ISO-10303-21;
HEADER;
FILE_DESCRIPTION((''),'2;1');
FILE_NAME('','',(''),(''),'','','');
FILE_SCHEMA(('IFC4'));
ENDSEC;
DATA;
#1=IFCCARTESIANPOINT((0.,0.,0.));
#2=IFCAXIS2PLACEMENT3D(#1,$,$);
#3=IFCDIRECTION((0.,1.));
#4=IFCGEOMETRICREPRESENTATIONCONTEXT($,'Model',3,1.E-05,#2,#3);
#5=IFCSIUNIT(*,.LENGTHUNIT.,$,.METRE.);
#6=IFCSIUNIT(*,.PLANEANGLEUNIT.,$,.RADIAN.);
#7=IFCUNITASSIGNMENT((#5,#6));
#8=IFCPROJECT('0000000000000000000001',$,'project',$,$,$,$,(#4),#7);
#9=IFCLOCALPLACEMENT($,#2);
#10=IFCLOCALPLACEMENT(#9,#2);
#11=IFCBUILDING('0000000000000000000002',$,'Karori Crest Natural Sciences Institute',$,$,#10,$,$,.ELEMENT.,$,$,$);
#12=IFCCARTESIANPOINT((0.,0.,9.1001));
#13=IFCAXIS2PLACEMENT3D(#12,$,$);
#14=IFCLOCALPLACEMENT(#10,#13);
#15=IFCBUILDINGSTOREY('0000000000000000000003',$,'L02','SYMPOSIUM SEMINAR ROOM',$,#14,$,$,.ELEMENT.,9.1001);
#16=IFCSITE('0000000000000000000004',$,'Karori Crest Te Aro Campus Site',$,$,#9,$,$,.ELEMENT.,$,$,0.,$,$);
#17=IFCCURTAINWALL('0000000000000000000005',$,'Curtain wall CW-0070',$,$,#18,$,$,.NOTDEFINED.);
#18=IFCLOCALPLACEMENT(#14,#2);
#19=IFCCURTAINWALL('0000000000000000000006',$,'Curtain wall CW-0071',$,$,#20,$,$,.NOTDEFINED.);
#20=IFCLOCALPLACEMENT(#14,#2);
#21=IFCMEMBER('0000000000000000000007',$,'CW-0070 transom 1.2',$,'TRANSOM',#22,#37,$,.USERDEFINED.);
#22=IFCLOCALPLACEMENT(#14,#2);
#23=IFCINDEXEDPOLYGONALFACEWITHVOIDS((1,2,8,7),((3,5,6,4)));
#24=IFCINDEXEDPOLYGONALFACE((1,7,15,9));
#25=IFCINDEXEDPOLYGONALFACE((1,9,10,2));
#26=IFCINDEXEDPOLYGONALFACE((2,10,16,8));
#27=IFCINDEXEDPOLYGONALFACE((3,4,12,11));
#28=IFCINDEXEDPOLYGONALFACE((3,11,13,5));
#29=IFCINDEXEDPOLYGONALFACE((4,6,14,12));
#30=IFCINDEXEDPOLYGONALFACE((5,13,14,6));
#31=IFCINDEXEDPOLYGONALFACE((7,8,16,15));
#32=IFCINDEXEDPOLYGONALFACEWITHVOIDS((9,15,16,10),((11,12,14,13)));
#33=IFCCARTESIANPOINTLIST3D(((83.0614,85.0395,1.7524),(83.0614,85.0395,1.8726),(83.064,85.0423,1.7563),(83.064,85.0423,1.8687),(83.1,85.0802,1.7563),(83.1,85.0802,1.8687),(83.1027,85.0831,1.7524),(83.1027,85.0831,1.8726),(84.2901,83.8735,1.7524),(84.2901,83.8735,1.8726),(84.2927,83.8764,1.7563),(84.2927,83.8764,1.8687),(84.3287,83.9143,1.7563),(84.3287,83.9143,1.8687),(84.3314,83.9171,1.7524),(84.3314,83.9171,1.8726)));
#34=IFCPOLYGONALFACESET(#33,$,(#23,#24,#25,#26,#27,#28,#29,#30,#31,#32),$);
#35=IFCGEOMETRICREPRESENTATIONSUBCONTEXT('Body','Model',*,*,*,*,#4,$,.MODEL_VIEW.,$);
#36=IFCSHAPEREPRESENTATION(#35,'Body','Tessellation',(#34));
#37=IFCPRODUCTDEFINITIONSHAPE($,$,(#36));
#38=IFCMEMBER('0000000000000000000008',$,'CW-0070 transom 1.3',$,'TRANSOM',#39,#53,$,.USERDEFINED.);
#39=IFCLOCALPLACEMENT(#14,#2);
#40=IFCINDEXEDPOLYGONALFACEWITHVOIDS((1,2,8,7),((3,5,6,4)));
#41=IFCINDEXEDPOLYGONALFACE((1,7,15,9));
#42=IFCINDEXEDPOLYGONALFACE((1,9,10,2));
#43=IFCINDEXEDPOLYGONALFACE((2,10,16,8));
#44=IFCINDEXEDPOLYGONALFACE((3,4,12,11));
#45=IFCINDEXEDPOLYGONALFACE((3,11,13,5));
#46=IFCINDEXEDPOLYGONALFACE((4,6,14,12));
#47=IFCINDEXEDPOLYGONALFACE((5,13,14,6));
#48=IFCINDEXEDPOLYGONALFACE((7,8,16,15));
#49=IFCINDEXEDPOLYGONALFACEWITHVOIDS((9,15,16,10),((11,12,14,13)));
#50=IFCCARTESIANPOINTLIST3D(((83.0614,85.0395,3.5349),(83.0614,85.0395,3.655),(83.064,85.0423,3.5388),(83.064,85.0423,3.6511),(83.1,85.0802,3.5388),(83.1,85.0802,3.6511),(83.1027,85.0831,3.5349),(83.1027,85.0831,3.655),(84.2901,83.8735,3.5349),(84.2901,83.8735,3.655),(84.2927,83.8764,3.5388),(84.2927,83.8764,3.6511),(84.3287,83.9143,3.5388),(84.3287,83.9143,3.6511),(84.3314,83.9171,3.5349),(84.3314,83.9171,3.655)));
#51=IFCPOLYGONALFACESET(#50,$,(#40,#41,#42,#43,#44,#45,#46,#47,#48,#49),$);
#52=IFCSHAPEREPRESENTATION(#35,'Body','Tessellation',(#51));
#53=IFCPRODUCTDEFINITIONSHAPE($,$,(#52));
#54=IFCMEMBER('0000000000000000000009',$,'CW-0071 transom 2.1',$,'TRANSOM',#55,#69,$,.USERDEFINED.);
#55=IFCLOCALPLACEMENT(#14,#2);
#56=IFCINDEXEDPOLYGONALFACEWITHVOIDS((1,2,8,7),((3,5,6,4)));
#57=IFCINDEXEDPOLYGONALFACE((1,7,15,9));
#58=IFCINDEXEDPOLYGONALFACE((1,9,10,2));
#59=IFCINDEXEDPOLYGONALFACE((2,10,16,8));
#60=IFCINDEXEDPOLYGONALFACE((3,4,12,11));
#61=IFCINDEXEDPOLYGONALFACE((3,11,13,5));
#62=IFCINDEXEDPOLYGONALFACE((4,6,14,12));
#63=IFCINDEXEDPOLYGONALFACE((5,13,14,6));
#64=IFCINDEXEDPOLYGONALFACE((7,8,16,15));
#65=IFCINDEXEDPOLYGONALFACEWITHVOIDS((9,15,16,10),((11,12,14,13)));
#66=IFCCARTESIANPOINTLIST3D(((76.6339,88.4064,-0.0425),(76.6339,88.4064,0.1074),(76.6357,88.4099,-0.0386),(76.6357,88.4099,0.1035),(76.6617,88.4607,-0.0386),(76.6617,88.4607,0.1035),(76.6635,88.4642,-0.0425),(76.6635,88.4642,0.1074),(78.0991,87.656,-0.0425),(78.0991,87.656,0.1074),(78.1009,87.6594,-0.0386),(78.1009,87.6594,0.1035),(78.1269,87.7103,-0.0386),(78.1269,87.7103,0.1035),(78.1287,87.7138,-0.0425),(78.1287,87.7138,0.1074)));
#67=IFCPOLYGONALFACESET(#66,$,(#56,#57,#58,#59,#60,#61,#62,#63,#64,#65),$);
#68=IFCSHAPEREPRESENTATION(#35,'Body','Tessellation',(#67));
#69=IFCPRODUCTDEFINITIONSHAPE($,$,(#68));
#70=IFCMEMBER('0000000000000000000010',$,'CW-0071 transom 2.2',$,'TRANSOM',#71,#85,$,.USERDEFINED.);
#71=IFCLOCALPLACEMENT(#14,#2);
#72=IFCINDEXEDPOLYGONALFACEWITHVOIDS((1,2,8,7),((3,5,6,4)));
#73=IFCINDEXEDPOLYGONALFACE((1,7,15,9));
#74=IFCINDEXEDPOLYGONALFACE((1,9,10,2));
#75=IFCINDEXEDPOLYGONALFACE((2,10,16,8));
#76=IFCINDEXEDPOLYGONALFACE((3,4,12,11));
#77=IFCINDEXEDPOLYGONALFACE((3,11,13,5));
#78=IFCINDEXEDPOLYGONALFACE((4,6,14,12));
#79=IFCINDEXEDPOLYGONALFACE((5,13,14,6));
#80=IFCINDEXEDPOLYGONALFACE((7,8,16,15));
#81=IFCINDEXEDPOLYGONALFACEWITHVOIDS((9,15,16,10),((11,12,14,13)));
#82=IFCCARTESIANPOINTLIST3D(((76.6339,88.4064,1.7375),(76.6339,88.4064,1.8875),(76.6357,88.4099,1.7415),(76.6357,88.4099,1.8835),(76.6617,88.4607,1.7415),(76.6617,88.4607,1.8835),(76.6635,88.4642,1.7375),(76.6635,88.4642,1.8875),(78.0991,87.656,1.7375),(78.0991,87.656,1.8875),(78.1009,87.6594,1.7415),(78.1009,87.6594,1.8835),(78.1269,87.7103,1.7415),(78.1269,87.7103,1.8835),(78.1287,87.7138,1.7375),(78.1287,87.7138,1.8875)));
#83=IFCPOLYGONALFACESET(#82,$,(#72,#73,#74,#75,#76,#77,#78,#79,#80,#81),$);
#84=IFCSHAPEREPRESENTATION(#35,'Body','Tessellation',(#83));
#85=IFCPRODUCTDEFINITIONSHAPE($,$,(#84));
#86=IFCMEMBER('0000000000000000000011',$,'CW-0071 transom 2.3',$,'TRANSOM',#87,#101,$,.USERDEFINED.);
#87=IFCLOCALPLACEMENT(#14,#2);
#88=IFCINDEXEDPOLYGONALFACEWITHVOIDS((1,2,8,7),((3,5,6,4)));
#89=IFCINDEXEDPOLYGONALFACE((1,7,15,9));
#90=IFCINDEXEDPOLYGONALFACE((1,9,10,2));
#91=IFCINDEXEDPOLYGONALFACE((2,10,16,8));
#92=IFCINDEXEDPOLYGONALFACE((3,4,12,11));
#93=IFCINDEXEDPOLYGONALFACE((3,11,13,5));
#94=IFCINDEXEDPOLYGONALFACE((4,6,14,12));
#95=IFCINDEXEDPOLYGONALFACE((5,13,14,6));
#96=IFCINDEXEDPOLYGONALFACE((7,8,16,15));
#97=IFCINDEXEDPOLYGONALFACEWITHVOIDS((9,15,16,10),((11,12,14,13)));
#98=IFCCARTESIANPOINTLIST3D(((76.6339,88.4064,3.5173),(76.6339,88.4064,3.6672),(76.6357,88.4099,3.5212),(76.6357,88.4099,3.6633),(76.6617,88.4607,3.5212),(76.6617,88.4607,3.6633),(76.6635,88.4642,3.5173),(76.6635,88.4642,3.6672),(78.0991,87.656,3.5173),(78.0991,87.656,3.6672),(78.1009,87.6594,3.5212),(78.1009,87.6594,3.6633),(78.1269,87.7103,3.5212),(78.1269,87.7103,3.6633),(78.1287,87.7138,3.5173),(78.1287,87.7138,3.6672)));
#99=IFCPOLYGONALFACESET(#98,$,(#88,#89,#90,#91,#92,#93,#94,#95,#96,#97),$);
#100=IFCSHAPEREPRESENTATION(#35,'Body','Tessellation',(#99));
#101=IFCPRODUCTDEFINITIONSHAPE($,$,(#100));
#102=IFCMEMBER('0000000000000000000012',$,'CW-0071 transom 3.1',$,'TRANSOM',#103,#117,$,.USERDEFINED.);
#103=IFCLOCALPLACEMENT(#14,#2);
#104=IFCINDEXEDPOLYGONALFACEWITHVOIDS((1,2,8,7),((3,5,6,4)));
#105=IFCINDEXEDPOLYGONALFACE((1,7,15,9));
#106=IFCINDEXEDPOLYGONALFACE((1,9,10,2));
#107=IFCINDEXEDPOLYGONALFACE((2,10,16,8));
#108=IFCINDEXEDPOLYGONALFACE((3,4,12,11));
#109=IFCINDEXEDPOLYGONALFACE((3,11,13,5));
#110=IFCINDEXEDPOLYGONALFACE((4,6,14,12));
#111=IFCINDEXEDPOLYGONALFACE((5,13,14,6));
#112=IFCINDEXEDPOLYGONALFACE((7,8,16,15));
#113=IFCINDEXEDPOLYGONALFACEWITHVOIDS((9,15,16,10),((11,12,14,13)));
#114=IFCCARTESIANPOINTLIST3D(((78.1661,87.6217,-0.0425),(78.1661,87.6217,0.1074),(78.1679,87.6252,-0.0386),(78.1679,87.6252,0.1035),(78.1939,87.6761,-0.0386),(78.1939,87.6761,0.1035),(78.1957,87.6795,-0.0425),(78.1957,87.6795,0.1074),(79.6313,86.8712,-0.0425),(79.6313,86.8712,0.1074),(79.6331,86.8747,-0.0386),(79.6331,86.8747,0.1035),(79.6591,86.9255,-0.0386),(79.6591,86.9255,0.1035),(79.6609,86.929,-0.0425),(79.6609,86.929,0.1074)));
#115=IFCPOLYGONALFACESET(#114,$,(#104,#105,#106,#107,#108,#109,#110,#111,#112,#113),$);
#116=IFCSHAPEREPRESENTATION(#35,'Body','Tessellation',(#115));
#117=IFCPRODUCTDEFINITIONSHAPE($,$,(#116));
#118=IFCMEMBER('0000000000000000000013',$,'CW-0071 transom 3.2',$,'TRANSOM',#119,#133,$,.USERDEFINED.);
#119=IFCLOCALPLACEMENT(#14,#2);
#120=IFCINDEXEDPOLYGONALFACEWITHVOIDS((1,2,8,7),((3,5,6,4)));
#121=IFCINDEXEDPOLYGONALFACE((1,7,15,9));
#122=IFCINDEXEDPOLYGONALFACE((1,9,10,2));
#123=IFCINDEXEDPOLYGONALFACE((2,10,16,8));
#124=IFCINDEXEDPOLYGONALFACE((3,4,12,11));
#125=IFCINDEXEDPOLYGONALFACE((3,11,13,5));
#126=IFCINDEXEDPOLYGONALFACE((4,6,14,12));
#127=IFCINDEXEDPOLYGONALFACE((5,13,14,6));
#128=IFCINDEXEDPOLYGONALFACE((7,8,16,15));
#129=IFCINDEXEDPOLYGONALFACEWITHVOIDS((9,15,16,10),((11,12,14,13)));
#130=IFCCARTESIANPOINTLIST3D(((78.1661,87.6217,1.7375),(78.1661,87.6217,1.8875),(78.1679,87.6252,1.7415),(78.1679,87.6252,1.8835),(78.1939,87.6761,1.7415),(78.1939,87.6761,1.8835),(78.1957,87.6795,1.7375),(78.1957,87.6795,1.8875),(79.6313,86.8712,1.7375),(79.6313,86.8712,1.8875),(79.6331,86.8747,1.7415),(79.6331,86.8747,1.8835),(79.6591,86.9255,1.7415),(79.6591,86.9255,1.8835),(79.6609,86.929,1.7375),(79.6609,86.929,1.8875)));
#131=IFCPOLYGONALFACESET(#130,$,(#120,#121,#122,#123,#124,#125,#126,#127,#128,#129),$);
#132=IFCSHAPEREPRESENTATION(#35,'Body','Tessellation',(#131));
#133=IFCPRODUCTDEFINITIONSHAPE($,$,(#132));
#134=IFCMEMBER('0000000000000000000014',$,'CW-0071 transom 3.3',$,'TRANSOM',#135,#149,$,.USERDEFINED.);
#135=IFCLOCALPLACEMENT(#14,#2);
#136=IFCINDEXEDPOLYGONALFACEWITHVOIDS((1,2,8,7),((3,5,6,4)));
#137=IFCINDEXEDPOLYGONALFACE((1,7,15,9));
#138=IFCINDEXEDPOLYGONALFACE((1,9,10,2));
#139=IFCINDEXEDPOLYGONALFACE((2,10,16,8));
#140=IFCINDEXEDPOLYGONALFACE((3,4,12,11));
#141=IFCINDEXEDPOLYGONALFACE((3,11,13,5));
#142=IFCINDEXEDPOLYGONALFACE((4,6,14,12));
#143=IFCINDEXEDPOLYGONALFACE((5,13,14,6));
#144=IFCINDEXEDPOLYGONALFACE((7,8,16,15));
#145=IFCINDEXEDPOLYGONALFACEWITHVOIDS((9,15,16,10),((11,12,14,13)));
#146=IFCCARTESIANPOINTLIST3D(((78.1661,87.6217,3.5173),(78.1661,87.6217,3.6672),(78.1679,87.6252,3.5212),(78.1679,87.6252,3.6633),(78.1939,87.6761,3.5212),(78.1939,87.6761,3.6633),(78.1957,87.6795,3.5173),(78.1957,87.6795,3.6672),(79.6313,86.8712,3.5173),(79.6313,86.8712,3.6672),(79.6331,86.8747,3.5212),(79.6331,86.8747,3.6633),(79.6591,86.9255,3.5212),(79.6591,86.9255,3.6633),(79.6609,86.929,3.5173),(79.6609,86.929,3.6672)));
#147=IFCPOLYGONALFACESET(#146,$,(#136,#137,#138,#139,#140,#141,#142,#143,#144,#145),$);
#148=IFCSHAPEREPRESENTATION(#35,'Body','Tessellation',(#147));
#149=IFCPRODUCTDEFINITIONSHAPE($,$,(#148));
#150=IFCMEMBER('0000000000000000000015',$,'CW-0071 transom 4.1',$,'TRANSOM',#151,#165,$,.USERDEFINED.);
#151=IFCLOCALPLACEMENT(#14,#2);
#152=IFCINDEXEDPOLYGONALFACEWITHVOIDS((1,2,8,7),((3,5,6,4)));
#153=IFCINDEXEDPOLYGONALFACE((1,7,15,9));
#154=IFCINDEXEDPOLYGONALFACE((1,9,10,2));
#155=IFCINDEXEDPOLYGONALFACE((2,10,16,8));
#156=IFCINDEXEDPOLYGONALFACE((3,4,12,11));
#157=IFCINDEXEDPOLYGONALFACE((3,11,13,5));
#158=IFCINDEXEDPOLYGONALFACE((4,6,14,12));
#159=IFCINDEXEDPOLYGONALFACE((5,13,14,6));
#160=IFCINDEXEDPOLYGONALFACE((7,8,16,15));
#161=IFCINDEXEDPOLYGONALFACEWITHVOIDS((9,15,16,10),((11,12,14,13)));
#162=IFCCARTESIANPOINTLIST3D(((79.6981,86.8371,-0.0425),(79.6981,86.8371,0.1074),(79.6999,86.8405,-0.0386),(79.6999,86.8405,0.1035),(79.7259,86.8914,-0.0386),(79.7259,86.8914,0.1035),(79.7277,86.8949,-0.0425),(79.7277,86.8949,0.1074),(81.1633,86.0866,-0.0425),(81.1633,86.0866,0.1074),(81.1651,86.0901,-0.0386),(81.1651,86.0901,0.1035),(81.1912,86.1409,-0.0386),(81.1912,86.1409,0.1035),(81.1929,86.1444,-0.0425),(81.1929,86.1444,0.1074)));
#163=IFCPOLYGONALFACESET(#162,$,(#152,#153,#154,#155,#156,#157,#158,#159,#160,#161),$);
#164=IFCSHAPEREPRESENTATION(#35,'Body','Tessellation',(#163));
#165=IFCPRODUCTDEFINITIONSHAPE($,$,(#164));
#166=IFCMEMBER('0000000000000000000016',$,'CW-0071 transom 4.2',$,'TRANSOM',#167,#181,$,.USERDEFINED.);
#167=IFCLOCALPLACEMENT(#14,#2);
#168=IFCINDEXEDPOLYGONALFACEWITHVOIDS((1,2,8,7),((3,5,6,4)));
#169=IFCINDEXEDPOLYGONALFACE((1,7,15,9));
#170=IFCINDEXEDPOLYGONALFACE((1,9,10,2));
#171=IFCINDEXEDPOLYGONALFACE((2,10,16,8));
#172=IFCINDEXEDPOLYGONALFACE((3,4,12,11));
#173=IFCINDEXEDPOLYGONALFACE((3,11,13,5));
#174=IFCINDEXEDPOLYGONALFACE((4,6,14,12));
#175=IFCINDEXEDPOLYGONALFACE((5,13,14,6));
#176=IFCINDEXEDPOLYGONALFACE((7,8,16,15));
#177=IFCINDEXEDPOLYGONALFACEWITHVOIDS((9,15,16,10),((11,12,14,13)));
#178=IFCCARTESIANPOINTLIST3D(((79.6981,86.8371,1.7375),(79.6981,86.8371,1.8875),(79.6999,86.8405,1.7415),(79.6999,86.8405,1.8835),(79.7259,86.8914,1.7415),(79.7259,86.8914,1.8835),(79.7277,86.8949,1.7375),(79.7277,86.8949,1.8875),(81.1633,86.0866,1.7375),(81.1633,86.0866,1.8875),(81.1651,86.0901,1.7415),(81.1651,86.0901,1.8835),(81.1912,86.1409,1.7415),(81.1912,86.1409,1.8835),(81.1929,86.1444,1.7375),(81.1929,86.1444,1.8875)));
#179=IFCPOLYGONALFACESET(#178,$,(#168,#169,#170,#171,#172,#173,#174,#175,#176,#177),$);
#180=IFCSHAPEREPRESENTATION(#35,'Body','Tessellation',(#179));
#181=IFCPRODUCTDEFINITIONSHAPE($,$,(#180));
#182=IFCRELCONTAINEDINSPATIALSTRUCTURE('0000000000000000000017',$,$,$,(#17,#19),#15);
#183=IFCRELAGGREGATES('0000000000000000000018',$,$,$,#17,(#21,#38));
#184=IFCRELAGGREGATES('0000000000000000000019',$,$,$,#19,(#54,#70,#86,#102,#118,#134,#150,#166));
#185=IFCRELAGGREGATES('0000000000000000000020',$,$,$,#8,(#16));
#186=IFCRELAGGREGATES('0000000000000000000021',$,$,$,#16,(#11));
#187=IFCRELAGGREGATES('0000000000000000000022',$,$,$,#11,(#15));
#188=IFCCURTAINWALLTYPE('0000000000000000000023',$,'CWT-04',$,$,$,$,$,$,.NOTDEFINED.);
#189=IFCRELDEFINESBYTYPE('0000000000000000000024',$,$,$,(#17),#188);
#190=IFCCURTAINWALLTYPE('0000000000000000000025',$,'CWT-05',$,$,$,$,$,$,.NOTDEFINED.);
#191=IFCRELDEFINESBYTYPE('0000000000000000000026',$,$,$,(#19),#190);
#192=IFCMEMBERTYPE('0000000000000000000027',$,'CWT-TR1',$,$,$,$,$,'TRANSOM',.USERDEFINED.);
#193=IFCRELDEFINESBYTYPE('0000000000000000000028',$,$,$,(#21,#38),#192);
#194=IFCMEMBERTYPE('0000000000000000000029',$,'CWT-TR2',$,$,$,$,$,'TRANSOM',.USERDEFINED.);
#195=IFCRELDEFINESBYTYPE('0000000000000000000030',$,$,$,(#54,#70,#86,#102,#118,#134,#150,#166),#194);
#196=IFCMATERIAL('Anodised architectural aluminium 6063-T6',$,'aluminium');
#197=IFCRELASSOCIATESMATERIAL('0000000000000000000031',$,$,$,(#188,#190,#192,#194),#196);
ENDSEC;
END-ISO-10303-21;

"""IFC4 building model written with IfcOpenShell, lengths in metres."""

from ifc_helpers import new_model, si_unit, direction, frame, origin, origin_2d, place, context, subcontext, project, spatial, hollow_rectangle, extrude, material, material_profile, profile_set, type_object, element, aggregate, save


model = new_model("IFC4")

# Units and contexts
model_context = context("Model", 3, precision=1e-05, world=origin(), true_north=direction((0.0, 1.0)))
body_context = subcontext(model_context, "Body", "Model", "MODEL_VIEW")
ifc_project = project(units=[si_unit("LENGTHUNIT", "METRE"), si_unit("PLANEANGLEUNIT", "RADIAN")], contexts=[model_context])

# Site, building, storey
site_placement = place(None, origin())
site = spatial("IfcSite", under=ifc_project, at=site_placement, Name="Karori Crest Te Aro Campus Site", CompositionType="ELEMENT", RefElevation=0.0)
building_placement = place(site_placement, origin())
building = spatial("IfcBuilding", under=site, at=building_placement, Name="Karori Crest Natural Sciences Institute", CompositionType="ELEMENT")
storey_placement = place(building_placement, frame((0.0, 0.0, 9.1001)))
storey = spatial("IfcBuildingStorey", under=building, at=storey_placement, Name="L02", Description="SYMPOSIUM SEMINAR ROOM", CompositionType="ELEMENT", Elevation=9.1001)

# Curtain wall
ifc_material_1 = material(Name="Anodised architectural aluminium 6063-T6", Category="aluminium")
curtain_wall_type_1 = type_object("IfcCurtainWallType", Name="CWT-04", PredefinedType="NOTDEFINED", material=ifc_material_1)
curtain_wall_1_placement = place(storey_placement, origin())
curtain_wall_1 = element("IfcCurtainWall", 1, at=curtain_wall_1_placement, inside=storey, type_object=curtain_wall_type_1, Name="Curtain wall CW-0070", PredefinedType="NOTDEFINED")

# Curtain wall
curtain_wall_type_2 = type_object("IfcCurtainWallType", Name="CWT-05", PredefinedType="NOTDEFINED", material=ifc_material_1)
curtain_wall_2_placement = place(storey_placement, origin())
curtain_wall_2 = element("IfcCurtainWall", 2, at=curtain_wall_2_placement, inside=storey, type_object=curtain_wall_type_2, Name="Curtain wall CW-0071", PredefinedType="NOTDEFINED")

# Members
ifc_material_profile_1 = material_profile(ifc_material_1, hollow_rectangle(XDim=0.0601, YDim=0.1201, WallThickness=0.0039, at=origin_2d()), Name="CWT120x60x4")
ifc_profile_set_1 = profile_set([ifc_material_profile_1], Name="Anodised architectural aluminium 6063-T6")
member_type_1 = type_object("IfcMemberType", Name="CWT-TR1", ElementType="TRANSOM", PredefinedType="USERDEFINED", material=ifc_profile_set_1)
member_1_placement = place(storey_placement, frame((83.082, 85.0613, 1.8125), z_axis=(0.725384, -0.688344, 0.0), x_axis=(0.688344, 0.725384, 0.0)))
member_1 = element("IfcMember", 3, at=member_1_placement, type_object=member_type_1, Name="CW-0070 transom 1.2", ObjectType="TRANSOM", PredefinedType="USERDEFINED", context=body_context, shape_type="SweptSolid", body=[
    extrude(hollow_rectangle(XDim=0.0601, YDim=0.1201, WallThickness=0.0039, at=origin_2d()), origin(), (0.0, 0.0, 1.0), 1.6938),
])
member_2_placement = place(storey_placement, frame((83.082, 85.0613, 3.595), z_axis=(0.725384, -0.688344, 0.0), x_axis=(0.688344, 0.725384, 0.0)))
member_2 = element("IfcMember", 4, at=member_2_placement, type_object=member_type_1, Name="CW-0070 transom 1.3", ObjectType="TRANSOM", PredefinedType="USERDEFINED", context=body_context, shape_type="SweptSolid", body=[
    extrude(hollow_rectangle(XDim=0.0601, YDim=0.1201, WallThickness=0.0039, at=origin_2d()), origin(), (0.0, 0.0, 1.0), 1.6938),
])
aggregate(curtain_wall_1, [member_1, member_2])
ifc_material_profile_2 = material_profile(ifc_material_1, hollow_rectangle(XDim=0.0649, YDim=0.1499, WallThickness=0.0039, at=origin_2d()), Name="CWT150x65x4")
ifc_profile_set_2 = profile_set([ifc_material_profile_2], Name="Anodised architectural aluminium 6063-T6")
member_type_2 = type_object("IfcMemberType", Name="CWT-TR2", ElementType="TRANSOM", PredefinedType="USERDEFINED", material=ifc_profile_set_2)
member_3_placement = place(storey_placement, frame((76.6487, 88.4353, 0.0325), z_axis=(0.890055, -0.455853, 0.0), x_axis=(0.455853, 0.890055, 0.0)))
member_3 = element("IfcMember", 5, at=member_3_placement, type_object=member_type_2, Name="CW-0071 transom 2.1", ObjectType="TRANSOM", PredefinedType="USERDEFINED", context=body_context, shape_type="SweptSolid", body=[
    extrude(hollow_rectangle(XDim=0.0649, YDim=0.1499, WallThickness=0.0039, at=origin_2d()), origin(), (0.0, 0.0, 1.0), 1.6462),
])
member_4_placement = place(storey_placement, frame((76.6487, 88.4353, 1.8125), z_axis=(0.890055, -0.455853, 0.0), x_axis=(0.455853, 0.890055, 0.0)))
member_4 = element("IfcMember", 6, at=member_4_placement, type_object=member_type_2, Name="CW-0071 transom 2.2", ObjectType="TRANSOM", PredefinedType="USERDEFINED", context=body_context, shape_type="SweptSolid", body=[
    extrude(hollow_rectangle(XDim=0.0649, YDim=0.1499, WallThickness=0.0039, at=origin_2d()), origin(), (0.0, 0.0, 1.0), 1.6462),
])
member_5_placement = place(storey_placement, frame((76.6487, 88.4353, 3.5923), z_axis=(0.890055, -0.455853, 0.0), x_axis=(0.455853, 0.890055, 0.0)))
member_5 = element("IfcMember", 7, at=member_5_placement, type_object=member_type_2, Name="CW-0071 transom 2.3", ObjectType="TRANSOM", PredefinedType="USERDEFINED", context=body_context, shape_type="SweptSolid", body=[
    extrude(hollow_rectangle(XDim=0.0649, YDim=0.1499, WallThickness=0.0039, at=origin_2d()), origin(), (0.0, 0.0, 1.0), 1.6462),
])
member_6_placement = place(storey_placement, frame((78.1809, 87.6506, 0.0325), z_axis=(0.890024, -0.455913, 0.0), x_axis=(0.455913, 0.890024, 0.0)))
member_6 = element("IfcMember", 8, at=member_6_placement, type_object=member_type_2, Name="CW-0071 transom 3.1", ObjectType="TRANSOM", PredefinedType="USERDEFINED", context=body_context, shape_type="SweptSolid", body=[
    extrude(hollow_rectangle(XDim=0.0649, YDim=0.1499, WallThickness=0.0039, at=origin_2d()), origin(), (0.0, 0.0, 1.0), 1.6462),
])
member_7_placement = place(storey_placement, frame((78.1809, 87.6506, 1.8125), z_axis=(0.890024, -0.455913, 0.0), x_axis=(0.455913, 0.890024, 0.0)))
member_7 = element("IfcMember", 9, at=member_7_placement, type_object=member_type_2, Name="CW-0071 transom 3.2", ObjectType="TRANSOM", PredefinedType="USERDEFINED", context=body_context, shape_type="SweptSolid", body=[
    extrude(hollow_rectangle(XDim=0.0649, YDim=0.1499, WallThickness=0.0039, at=origin_2d()), origin(), (0.0, 0.0, 1.0), 1.6462),
])
member_8_placement = place(storey_placement, frame((78.1809, 87.6506, 3.5923), z_axis=(0.890024, -0.455913, 0.0), x_axis=(0.455913, 0.890024, 0.0)))
member_8 = element("IfcMember", 10, at=member_8_placement, type_object=member_type_2, Name="CW-0071 transom 3.3", ObjectType="TRANSOM", PredefinedType="USERDEFINED", context=body_context, shape_type="SweptSolid", body=[
    extrude(hollow_rectangle(XDim=0.0649, YDim=0.1499, WallThickness=0.0039, at=origin_2d()), origin(), (0.0, 0.0, 1.0), 1.6462),
])
member_9_placement = place(storey_placement, frame((79.7129, 86.866, 0.0325), z_axis=(0.890055, -0.455853, 0.0), x_axis=(0.455853, 0.890055, 0.0)))
member_9 = element("IfcMember", 11, at=member_9_placement, type_object=member_type_2, Name="CW-0071 transom 4.1", ObjectType="TRANSOM", PredefinedType="USERDEFINED", context=body_context, shape_type="SweptSolid", body=[
    extrude(hollow_rectangle(XDim=0.0649, YDim=0.1499, WallThickness=0.0039, at=origin_2d()), origin(), (0.0, 0.0, 1.0), 1.6462),
])
member_10_placement = place(storey_placement, frame((79.7129, 86.866, 1.8125), z_axis=(0.890055, -0.455853, 0.0), x_axis=(0.455853, 0.890055, 0.0)))
member_10 = element("IfcMember", 12, at=member_10_placement, type_object=member_type_2, Name="CW-0071 transom 4.2", ObjectType="TRANSOM", PredefinedType="USERDEFINED", context=body_context, shape_type="SweptSolid", body=[
    extrude(hollow_rectangle(XDim=0.0649, YDim=0.1499, WallThickness=0.0039, at=origin_2d()), origin(), (0.0, 0.0, 1.0), 1.6462),
])

aggregate(curtain_wall_2, [member_3, member_4, member_5, member_6, member_7, member_8, member_9, member_10])

save(model, "model.ifc")
